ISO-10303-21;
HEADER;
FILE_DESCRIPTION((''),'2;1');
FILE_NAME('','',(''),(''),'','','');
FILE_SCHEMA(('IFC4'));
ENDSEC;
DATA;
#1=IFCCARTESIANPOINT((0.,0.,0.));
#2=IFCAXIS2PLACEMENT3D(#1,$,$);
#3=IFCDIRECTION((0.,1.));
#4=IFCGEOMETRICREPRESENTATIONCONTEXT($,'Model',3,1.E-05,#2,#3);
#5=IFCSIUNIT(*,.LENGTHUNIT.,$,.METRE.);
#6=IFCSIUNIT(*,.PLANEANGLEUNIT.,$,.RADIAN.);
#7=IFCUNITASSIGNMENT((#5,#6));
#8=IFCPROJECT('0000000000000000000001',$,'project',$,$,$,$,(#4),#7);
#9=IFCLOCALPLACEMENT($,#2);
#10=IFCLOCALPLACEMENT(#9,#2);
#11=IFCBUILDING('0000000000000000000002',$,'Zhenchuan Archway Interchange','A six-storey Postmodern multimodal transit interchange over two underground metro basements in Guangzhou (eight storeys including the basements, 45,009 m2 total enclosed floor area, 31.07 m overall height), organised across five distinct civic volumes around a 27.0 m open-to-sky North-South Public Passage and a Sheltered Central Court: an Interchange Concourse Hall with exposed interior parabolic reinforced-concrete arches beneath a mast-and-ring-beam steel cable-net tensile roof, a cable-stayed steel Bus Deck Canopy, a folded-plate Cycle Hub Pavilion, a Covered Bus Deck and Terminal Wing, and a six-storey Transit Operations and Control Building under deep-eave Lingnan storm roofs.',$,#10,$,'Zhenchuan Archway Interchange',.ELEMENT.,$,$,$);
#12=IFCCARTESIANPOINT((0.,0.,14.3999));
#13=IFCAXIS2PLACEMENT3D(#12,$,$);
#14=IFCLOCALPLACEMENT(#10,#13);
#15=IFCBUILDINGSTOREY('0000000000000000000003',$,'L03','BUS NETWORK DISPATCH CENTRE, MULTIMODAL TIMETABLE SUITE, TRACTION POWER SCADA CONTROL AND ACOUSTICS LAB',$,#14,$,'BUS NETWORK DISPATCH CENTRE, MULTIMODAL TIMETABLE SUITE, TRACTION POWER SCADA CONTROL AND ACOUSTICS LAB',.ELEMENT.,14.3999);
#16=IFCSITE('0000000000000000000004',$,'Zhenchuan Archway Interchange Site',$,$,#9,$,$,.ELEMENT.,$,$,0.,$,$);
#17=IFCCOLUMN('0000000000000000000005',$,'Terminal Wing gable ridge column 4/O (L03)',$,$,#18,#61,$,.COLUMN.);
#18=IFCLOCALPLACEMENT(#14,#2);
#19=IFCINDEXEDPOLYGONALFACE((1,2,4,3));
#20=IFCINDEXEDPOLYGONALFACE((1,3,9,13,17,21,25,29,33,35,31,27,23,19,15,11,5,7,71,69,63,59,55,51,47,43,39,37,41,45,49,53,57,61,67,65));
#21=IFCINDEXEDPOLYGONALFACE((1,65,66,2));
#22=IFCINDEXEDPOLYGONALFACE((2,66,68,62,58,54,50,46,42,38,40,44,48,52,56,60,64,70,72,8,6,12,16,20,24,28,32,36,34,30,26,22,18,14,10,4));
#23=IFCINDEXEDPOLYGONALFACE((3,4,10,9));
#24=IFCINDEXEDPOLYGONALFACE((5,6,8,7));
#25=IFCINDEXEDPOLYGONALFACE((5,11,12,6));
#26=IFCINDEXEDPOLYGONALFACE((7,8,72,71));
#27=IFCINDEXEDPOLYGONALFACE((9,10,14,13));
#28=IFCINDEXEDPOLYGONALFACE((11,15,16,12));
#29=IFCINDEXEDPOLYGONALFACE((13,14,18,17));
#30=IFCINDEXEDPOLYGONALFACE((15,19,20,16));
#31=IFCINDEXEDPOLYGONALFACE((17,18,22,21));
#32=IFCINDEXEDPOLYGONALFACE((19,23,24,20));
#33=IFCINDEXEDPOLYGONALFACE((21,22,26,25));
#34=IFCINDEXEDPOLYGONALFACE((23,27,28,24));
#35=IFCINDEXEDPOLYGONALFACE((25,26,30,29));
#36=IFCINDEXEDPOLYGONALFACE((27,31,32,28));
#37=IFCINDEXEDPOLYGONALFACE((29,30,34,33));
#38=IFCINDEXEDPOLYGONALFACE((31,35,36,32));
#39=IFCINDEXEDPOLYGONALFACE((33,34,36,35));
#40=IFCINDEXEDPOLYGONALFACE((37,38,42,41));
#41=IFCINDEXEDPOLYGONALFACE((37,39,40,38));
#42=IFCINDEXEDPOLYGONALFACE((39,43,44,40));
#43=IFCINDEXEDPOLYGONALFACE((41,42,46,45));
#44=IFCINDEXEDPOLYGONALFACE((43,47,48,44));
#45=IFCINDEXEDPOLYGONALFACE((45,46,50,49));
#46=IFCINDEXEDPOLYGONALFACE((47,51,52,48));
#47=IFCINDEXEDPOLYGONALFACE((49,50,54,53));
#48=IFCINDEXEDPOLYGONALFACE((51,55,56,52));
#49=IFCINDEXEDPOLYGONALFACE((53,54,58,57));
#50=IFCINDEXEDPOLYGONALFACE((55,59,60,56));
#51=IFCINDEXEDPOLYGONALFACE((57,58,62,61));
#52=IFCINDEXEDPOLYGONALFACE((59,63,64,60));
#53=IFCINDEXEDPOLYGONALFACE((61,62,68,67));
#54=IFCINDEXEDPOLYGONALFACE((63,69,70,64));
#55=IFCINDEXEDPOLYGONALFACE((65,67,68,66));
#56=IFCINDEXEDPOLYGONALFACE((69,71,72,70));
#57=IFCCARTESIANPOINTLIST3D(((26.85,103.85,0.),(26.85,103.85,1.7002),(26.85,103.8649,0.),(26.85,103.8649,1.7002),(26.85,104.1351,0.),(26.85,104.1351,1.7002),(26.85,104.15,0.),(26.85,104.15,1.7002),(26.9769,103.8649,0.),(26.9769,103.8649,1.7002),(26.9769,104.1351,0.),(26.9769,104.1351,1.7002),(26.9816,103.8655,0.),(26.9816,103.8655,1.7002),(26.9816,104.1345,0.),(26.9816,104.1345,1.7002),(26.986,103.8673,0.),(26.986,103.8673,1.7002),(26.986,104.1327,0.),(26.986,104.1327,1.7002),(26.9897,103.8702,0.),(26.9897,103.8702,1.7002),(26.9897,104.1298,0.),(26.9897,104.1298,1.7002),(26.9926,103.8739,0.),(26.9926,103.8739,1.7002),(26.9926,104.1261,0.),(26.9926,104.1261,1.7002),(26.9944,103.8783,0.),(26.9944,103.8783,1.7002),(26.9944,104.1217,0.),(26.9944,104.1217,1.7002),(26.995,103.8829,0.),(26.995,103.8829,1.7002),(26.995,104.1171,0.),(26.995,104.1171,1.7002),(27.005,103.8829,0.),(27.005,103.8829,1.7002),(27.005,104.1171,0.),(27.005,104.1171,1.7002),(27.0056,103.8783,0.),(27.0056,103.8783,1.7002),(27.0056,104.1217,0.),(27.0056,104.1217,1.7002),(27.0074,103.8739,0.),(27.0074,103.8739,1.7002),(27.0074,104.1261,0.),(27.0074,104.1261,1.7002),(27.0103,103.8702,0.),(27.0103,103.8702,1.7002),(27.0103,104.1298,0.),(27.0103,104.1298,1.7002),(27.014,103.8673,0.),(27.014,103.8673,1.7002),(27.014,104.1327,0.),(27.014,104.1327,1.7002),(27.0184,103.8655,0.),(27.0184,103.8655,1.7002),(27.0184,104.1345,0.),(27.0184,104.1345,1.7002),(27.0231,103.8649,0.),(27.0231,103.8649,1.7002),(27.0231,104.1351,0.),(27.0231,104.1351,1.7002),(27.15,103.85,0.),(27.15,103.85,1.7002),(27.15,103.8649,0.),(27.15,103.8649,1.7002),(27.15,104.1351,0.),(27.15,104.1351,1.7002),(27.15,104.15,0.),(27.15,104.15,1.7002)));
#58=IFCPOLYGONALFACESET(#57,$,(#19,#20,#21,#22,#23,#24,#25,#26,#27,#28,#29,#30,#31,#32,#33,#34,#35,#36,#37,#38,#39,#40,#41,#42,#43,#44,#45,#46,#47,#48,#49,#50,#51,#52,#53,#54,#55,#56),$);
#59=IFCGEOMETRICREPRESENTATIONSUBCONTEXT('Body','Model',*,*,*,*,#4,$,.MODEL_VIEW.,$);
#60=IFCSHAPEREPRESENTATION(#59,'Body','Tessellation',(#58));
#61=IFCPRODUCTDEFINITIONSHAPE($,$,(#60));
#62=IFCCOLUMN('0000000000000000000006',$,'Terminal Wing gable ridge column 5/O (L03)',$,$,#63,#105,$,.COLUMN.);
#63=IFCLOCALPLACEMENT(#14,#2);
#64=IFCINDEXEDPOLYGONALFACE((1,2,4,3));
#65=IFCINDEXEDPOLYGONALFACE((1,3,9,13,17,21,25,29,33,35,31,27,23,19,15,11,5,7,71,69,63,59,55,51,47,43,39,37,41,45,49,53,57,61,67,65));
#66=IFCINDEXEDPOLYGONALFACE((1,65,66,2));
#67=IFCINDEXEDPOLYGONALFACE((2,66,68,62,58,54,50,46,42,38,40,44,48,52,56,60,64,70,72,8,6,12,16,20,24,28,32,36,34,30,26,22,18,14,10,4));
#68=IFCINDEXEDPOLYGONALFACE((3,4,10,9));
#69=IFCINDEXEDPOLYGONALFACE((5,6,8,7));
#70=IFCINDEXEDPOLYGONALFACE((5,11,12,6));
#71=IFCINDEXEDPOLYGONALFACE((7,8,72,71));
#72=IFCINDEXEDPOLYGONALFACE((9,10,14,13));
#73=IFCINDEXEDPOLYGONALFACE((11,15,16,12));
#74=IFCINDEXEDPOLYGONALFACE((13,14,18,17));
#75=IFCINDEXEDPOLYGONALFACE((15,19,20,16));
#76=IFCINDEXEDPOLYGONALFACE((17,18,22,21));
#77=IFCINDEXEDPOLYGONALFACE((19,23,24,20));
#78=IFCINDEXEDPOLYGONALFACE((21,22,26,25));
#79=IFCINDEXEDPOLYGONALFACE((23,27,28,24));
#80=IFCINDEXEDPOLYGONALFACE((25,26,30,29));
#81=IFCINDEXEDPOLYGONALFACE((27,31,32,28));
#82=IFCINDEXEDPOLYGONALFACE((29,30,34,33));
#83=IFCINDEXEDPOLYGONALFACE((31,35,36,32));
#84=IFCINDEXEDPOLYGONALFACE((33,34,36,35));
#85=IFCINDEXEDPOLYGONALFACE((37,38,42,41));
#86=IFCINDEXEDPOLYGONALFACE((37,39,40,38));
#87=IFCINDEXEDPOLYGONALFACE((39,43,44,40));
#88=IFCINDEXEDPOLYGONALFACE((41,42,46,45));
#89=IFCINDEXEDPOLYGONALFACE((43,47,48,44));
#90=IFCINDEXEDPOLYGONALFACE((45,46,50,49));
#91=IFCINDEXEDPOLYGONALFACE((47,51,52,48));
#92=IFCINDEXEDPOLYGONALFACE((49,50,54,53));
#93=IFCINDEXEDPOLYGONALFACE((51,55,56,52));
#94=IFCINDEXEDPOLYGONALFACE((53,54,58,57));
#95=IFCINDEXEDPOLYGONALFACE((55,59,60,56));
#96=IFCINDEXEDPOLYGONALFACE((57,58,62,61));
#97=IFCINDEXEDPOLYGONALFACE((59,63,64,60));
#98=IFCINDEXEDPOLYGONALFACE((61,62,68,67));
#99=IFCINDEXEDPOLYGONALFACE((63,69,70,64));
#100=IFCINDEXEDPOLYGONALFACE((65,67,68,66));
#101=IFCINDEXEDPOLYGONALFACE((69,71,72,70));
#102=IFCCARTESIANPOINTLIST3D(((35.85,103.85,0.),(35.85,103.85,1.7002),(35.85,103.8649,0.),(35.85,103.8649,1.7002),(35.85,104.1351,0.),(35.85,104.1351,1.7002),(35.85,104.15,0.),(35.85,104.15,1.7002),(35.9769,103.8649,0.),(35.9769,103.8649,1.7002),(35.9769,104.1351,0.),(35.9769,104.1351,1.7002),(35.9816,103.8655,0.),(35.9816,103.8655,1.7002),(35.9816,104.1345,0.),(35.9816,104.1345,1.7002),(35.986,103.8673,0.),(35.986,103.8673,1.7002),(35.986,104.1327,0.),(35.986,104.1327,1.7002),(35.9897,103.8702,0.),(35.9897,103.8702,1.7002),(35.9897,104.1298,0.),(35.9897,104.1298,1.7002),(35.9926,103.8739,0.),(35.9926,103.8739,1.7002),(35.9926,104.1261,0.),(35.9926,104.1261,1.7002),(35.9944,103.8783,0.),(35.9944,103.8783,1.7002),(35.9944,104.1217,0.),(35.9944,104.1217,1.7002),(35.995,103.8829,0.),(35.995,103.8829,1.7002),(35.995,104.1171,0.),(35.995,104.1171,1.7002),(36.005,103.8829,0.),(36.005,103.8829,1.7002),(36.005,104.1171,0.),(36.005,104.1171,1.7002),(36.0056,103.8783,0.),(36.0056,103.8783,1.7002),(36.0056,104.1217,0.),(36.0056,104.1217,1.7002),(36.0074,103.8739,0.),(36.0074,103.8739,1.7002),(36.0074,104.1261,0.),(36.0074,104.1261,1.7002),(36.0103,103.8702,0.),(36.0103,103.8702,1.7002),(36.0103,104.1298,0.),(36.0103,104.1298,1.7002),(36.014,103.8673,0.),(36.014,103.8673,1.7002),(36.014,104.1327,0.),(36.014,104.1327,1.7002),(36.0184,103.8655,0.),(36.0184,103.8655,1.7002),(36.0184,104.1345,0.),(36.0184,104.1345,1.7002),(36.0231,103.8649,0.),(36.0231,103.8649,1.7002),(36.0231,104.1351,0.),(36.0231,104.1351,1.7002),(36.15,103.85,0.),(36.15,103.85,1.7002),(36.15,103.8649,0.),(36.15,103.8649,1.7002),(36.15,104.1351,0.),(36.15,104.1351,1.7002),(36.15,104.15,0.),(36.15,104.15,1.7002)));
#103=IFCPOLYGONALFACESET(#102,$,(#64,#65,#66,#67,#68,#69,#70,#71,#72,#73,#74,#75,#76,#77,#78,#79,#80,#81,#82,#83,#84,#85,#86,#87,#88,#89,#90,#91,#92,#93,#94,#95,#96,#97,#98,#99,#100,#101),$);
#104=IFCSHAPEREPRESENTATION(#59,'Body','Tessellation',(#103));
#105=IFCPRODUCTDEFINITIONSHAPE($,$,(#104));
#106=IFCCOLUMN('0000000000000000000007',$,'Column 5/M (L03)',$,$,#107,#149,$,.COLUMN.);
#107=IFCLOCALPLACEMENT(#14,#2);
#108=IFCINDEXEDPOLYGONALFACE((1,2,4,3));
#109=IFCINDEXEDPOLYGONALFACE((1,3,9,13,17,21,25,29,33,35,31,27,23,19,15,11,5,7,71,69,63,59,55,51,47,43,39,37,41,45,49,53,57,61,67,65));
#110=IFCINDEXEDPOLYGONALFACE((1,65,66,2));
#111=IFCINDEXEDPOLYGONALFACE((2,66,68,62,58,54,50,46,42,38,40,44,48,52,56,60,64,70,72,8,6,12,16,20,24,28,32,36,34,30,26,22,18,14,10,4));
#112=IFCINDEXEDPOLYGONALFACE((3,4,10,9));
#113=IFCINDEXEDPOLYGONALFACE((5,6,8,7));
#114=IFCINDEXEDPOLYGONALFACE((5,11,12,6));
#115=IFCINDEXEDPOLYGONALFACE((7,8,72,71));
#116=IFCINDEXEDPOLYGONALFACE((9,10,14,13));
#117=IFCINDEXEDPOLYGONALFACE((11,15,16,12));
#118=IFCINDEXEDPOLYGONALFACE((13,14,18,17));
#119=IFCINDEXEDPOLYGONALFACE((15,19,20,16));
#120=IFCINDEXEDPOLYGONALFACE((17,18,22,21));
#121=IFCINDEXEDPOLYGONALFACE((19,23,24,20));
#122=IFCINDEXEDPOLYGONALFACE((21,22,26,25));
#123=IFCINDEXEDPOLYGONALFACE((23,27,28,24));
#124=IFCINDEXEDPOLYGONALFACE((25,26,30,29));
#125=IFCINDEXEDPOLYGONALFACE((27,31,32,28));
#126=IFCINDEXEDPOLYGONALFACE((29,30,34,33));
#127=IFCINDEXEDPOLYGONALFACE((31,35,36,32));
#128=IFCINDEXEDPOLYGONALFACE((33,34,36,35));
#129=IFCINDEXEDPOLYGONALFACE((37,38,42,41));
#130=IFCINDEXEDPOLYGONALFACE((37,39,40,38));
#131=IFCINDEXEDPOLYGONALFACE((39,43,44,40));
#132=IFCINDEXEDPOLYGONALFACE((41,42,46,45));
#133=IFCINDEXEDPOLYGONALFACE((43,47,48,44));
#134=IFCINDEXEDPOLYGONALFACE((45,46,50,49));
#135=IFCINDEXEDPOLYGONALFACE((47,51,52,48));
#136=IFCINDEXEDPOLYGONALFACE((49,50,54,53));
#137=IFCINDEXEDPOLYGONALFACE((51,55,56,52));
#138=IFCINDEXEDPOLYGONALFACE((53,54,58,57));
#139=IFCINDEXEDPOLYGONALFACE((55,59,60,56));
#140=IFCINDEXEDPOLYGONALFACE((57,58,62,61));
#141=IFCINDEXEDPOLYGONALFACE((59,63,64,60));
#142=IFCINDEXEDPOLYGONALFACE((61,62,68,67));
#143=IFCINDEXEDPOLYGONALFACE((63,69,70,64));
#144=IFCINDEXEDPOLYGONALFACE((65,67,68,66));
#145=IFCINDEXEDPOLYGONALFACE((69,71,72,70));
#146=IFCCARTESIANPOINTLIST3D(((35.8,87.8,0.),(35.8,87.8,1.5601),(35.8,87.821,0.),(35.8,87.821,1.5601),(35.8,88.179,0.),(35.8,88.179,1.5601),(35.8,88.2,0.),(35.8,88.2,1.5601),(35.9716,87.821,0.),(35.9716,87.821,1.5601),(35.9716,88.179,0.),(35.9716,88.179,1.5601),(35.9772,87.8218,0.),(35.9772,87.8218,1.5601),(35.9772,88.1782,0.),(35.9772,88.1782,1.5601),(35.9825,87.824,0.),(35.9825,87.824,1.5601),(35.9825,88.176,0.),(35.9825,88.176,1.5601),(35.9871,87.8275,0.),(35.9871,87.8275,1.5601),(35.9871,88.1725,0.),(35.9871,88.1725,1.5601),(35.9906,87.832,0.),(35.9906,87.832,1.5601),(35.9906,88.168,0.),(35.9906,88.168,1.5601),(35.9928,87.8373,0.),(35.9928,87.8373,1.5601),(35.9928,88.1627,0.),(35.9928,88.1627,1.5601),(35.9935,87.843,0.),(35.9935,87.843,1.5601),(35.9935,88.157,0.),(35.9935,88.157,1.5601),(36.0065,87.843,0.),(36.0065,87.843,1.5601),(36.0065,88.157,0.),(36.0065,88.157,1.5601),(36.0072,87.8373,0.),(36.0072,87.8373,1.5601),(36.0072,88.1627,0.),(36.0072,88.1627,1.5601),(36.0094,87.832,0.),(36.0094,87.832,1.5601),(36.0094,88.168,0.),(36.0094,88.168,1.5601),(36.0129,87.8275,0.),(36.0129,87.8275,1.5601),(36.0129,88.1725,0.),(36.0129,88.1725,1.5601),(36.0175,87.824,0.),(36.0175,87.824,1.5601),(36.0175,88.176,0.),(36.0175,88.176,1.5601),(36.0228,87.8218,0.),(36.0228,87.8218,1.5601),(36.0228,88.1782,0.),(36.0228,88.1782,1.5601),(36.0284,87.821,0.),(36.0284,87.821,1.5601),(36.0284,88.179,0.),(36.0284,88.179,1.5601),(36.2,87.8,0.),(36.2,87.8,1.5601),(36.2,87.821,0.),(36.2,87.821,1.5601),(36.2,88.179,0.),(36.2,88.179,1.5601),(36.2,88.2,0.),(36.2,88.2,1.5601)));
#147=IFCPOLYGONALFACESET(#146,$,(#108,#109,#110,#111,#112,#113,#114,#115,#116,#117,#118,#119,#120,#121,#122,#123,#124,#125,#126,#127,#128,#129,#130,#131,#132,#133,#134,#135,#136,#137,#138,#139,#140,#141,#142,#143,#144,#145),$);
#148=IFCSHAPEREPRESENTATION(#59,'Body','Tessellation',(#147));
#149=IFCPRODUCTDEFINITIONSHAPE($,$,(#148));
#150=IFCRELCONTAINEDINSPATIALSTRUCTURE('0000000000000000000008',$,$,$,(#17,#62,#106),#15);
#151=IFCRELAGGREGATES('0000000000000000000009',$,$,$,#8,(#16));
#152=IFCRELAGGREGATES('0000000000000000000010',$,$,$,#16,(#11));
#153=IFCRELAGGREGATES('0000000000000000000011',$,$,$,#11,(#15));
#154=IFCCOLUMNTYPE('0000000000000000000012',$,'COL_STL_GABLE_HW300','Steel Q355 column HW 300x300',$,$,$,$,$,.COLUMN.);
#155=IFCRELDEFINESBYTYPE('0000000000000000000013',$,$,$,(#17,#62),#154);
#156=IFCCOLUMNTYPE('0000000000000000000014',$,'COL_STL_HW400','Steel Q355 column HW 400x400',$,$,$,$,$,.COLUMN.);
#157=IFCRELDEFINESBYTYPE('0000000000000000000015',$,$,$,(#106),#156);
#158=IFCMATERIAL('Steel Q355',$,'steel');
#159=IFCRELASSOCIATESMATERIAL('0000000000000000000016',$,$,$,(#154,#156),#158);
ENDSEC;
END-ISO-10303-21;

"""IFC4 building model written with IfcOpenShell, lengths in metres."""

from ifc_helpers import new_model, si_unit, direction, frame, origin, origin_2d, place, context, subcontext, project, spatial, i_section, extrude, material, material_profile, profile_set, type_object, element, save


model = new_model("IFC4")

# Units and contexts
model_context = context("Model", 3, precision=1e-05, world=origin(), true_north=direction((0.0, 1.0)))
body_context = subcontext(model_context, "Body", "Model", "MODEL_VIEW")
ifc_project = project(units=[si_unit("LENGTHUNIT", "METRE"), si_unit("PLANEANGLEUNIT", "RADIAN")], contexts=[model_context])

# Site, building, storey
site_placement = place(None, origin())
site = spatial("IfcSite", under=ifc_project, at=site_placement, Name="Zhenchuan Archway Interchange Site", CompositionType="ELEMENT", RefElevation=0.0)
building_placement = place(site_placement, origin())
building = spatial("IfcBuilding", under=site, at=building_placement, Name="Zhenchuan Archway Interchange", Description="A six-storey Postmodern multimodal transit interchange over two underground metro basements in Guangzhou (eight storeys including the basements, 45,009 m2 total enclosed floor area, 31.07 m overall height), organised across five distinct civic volumes around a 27.0 m open-to-sky North-South Public Passage and a Sheltered Central Court: an Interchange Concourse Hall with exposed interior parabolic reinforced-concrete arches beneath a mast-and-ring-beam steel cable-net tensile roof, a cable-stayed steel Bus Deck Canopy, a folded-plate Cycle Hub Pavilion, a Covered Bus Deck and Terminal Wing, and a six-storey Transit Operations and Control Building under deep-eave Lingnan storm roofs.", LongName="Zhenchuan Archway Interchange", CompositionType="ELEMENT")
storey_placement = place(building_placement, frame((0.0, 0.0, 14.3999)))
storey = spatial("IfcBuildingStorey", under=building, at=storey_placement, Name="L03", Description="BUS NETWORK DISPATCH CENTRE, MULTIMODAL TIMETABLE SUITE, TRACTION POWER SCADA CONTROL AND ACOUSTICS LAB", LongName="BUS NETWORK DISPATCH CENTRE, MULTIMODAL TIMETABLE SUITE, TRACTION POWER SCADA CONTROL AND ACOUSTICS LAB", CompositionType="ELEMENT", Elevation=14.3999)

# Columns
ifc_material_1 = material(Name="Steel Q355", Category="steel")
ifc_material_profile_1 = material_profile(ifc_material_1, i_section(OverallWidth=0.3, OverallDepth=0.3, WebThickness=0.01, FlangeThickness=0.0149, FilletRadius=0.0181, at=origin_2d()), Name="HW 300x300")
ifc_profile_set_1 = profile_set([ifc_material_profile_1], Name="Steel Q355")
column_type_1 = type_object("IfcColumnType", Name="COL_STL_GABLE_HW300", Description="Steel Q355 column HW 300x300", PredefinedType="COLUMN", material=ifc_profile_set_1)
for number, where, z_axis, x_axis, name in (
    (1, (27.0, 104.0, 0.0), (0.0, 0.0, 1.0), (1.0, 0.0, 0.0), "Terminal Wing gable ridge column 4/O (L03)"),
    (2, (36.0, 104.0, 0.0), (0.0, 0.0, 1.0), (1.0, 0.0, 0.0), "Terminal Wing gable ridge column 5/O (L03)"),
):
    element("IfcColumn", number, at=place(storey_placement, frame(where, z_axis=z_axis, x_axis=x_axis)), inside=storey, type_object=column_type_1, Name=name, PredefinedType="COLUMN", context=body_context, shape_type="SweptSolid", body=[
        extrude(i_section(OverallWidth=0.3, OverallDepth=0.3, WebThickness=0.01, FlangeThickness=0.0149, FilletRadius=0.0181, at=origin_2d()), origin(), (0.0, 0.0, 1.0), 1.7002),
    ])
ifc_material_profile_2 = material_profile(ifc_material_1, i_section(OverallWidth=0.3999, OverallDepth=0.3999, WebThickness=0.0129, FlangeThickness=0.021, FilletRadius=0.022, at=origin_2d()), Name="HW 400x400")
ifc_profile_set_2 = profile_set([ifc_material_profile_2], Name="Steel Q355")
column_type_2 = type_object("IfcColumnType", Name="COL_STL_HW400", Description="Steel Q355 column HW 400x400", PredefinedType="COLUMN", material=ifc_profile_set_2)
column_placement = place(storey_placement, frame((36.0, 88.0, 0.0), z_axis=(0.0, 0.0, 1.0), x_axis=(1.0, 0.0, 0.0)))
element("IfcColumn", 3, at=column_placement, inside=storey, type_object=column_type_2, Name="Column 5/M (L03)", PredefinedType="COLUMN", context=body_context, shape_type="SweptSolid", body=[
    extrude(i_section(OverallWidth=0.3999, OverallDepth=0.3999, WebThickness=0.0129, FlangeThickness=0.021, FilletRadius=0.022, at=origin_2d()), origin(), (0.0, 0.0, 1.0), 1.5601),
])

save(model, "model.ifc")
